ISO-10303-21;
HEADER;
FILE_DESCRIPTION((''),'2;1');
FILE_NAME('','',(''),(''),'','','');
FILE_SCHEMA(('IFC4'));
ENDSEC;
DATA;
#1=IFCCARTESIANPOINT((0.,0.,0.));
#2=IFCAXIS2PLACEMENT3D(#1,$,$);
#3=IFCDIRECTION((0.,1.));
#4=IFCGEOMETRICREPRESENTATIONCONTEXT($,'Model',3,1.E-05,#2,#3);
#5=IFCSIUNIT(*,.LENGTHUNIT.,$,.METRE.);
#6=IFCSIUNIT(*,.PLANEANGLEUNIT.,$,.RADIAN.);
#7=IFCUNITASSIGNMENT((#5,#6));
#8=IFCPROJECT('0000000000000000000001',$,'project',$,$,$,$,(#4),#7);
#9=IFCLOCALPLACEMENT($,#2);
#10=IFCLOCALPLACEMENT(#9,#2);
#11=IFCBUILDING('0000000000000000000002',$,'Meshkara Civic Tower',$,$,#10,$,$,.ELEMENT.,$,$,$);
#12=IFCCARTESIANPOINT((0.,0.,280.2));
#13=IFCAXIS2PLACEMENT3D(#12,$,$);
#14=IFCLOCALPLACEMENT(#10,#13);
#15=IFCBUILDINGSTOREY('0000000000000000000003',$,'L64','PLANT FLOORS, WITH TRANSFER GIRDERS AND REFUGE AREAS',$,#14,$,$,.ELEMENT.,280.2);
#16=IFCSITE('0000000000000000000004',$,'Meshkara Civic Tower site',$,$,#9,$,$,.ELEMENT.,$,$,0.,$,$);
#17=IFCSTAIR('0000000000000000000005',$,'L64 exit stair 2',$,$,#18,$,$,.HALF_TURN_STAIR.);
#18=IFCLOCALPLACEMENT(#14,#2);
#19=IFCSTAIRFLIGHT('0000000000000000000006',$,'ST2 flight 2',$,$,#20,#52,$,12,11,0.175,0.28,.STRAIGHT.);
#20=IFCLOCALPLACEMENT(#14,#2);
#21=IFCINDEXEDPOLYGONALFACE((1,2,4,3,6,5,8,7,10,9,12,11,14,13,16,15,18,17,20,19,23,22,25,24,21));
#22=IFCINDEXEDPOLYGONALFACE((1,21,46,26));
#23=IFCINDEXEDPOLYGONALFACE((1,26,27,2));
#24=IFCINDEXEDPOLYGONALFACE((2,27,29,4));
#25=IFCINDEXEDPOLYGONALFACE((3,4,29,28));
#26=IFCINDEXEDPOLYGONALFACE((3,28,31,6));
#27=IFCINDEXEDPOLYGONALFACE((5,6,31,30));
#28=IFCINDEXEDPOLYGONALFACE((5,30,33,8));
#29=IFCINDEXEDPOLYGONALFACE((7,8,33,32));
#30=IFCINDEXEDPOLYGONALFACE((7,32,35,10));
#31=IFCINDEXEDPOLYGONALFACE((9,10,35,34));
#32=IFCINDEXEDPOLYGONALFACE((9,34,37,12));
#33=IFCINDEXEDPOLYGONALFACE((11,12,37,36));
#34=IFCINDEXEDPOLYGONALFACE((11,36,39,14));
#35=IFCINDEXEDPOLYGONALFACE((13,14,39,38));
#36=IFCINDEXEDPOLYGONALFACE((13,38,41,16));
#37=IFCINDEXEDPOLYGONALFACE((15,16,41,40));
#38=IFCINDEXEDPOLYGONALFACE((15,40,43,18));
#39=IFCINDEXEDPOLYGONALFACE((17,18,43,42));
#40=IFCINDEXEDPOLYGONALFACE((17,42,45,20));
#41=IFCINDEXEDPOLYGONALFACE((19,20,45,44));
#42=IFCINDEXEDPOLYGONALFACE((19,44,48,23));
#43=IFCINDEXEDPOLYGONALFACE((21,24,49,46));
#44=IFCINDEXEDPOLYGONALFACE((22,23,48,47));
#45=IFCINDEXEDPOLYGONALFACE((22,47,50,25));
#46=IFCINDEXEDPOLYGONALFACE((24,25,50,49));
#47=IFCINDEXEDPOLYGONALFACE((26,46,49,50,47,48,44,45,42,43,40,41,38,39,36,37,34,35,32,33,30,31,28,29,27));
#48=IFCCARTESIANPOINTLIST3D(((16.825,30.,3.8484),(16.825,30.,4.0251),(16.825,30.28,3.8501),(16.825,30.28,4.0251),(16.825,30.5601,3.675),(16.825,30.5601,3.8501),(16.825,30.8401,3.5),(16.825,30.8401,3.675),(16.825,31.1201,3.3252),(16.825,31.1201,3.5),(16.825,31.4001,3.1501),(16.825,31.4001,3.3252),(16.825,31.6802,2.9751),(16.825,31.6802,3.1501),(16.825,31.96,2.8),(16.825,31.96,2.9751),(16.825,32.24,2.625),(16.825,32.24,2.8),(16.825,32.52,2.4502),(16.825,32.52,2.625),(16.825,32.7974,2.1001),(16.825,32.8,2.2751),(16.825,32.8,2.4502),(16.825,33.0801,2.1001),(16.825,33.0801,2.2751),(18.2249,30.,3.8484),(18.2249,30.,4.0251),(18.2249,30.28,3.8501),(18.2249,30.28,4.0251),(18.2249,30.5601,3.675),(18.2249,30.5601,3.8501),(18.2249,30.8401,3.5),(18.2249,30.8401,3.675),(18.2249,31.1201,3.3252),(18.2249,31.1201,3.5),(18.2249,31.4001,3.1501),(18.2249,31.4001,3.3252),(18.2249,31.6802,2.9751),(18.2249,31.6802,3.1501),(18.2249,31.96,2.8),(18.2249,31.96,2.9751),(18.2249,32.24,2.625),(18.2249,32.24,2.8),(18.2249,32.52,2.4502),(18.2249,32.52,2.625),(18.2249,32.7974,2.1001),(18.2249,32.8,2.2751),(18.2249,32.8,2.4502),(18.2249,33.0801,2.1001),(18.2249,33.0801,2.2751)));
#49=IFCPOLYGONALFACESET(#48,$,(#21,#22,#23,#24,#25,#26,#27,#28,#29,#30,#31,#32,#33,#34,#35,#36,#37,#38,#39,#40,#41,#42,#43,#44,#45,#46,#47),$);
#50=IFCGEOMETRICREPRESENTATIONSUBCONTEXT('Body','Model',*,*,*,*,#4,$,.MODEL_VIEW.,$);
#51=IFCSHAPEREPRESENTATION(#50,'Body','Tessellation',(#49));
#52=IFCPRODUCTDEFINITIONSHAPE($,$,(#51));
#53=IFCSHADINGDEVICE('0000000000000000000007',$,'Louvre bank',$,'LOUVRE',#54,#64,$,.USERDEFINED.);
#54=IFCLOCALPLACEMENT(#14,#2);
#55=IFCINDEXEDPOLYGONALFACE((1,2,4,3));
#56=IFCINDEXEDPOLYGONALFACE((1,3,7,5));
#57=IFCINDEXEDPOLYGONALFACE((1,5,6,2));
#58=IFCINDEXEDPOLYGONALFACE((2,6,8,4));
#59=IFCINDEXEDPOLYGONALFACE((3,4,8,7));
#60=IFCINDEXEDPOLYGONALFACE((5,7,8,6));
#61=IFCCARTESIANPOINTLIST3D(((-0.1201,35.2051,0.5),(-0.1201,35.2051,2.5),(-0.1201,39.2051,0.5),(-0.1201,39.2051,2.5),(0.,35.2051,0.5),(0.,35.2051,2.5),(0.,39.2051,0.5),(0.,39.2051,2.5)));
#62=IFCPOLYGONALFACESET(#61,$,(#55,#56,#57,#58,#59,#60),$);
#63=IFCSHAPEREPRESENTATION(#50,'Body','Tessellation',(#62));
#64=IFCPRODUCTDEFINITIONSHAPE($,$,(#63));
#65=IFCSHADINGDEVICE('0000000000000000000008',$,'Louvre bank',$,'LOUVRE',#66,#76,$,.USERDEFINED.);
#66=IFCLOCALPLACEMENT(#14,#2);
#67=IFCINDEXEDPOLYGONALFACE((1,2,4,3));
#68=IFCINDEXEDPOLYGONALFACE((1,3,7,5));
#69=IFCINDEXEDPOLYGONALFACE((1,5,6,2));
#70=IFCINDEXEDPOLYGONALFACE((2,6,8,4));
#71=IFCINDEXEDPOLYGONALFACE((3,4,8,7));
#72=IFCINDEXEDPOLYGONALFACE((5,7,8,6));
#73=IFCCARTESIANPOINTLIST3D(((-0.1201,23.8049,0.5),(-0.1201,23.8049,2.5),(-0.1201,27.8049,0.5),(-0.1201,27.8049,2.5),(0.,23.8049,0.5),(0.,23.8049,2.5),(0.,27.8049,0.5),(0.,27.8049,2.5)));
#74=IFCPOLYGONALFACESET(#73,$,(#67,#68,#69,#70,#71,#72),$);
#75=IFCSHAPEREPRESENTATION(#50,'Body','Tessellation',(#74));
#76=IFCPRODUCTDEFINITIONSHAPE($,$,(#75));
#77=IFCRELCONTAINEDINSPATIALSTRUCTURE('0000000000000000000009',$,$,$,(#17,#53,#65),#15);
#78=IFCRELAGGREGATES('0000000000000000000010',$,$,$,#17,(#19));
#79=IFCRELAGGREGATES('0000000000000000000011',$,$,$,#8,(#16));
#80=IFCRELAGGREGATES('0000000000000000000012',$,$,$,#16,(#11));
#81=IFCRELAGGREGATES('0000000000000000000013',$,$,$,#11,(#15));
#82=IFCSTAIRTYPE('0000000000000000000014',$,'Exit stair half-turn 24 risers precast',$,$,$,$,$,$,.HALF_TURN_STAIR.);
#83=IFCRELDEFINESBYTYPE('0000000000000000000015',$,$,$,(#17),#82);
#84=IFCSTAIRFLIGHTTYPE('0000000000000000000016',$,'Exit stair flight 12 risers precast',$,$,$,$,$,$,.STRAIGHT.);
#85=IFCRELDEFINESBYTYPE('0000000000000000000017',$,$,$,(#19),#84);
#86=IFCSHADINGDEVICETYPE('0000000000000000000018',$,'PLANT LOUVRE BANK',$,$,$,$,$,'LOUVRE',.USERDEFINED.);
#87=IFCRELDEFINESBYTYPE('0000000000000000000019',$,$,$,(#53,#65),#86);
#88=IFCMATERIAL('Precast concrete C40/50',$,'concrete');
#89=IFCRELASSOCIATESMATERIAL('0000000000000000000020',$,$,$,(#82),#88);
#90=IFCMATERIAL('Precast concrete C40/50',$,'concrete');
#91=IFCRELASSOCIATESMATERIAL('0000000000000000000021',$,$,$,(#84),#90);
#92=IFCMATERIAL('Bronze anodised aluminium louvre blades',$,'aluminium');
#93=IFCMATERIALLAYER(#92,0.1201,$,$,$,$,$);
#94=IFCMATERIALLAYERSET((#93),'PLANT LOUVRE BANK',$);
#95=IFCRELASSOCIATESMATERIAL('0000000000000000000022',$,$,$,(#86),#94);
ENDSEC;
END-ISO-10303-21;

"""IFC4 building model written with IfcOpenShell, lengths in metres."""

from ifc_helpers import new_model, si_unit, direction, frame, origin, origin_2d, place, context, subcontext, project, spatial, polyline, rectangle, outline, extrude, material, layer, layer_set, type_object, element, aggregate, save


model = new_model("IFC4")

# Units and contexts
model_context = context("Model", 3, precision=1e-05, world=origin(), true_north=direction((0.0, 1.0)))
body_context = subcontext(model_context, "Body", "Model", "MODEL_VIEW")
ifc_project = project(units=[si_unit("LENGTHUNIT", "METRE"), si_unit("PLANEANGLEUNIT", "RADIAN")], contexts=[model_context])

# Site, building, storey
site_placement = place(None, origin())
site = spatial("IfcSite", under=ifc_project, at=site_placement, Name="Meshkara Civic Tower site", CompositionType="ELEMENT", RefElevation=0.0)
building_placement = place(site_placement, origin())
building = spatial("IfcBuilding", under=site, at=building_placement, Name="Meshkara Civic Tower", CompositionType="ELEMENT")
storey_placement = place(building_placement, frame((0.0, 0.0, 280.2)))
storey = spatial("IfcBuildingStorey", under=building, at=storey_placement, Name="L64", Description="PLANT FLOORS, WITH TRANSFER GIRDERS AND REFUGE AREAS", CompositionType="ELEMENT", Elevation=280.2)

# Stair, stair flight
ifc_material_1 = material(Name="Precast concrete C40/50", Category="concrete")
stair_type = type_object("IfcStairType", Name="Exit stair half-turn 24 risers precast", PredefinedType="HALF_TURN_STAIR", material=ifc_material_1)
ifc_material_2 = material(Name="Precast concrete C40/50", Category="concrete")
stair_flight_type = type_object("IfcStairFlightType", Name="Exit stair flight 12 risers precast", PredefinedType="STRAIGHT", material=ifc_material_2)
stair_1_placement = place(storey_placement, origin())
stair_1 = element("IfcStair", 1, at=stair_1_placement, inside=storey, type_object=stair_type, Name="L64 exit stair 2", PredefinedType="HALF_TURN_STAIR")
stair_flight_1_placement = place(storey_placement, frame((17.5249, 33.0801, 2.1001), z_axis=(0.0, 0.0, 1.0), x_axis=(0.0, -1.0, 0.0)))
stair_flight_1 = element("IfcStairFlight", 2, at=stair_flight_1_placement, type_object=stair_flight_type, Name="ST2 flight 2", NumberOfRisers=12, NumberOfTreads=11, PredefinedType="STRAIGHT", RiserHeight=0.175, TreadLength=0.28, context=body_context, shape_type="SweptSolid", body=[
    extrude(outline(polyline([(0.0, 0.0), (0.0, 0.175), (0.28, 0.175), (0.28, 0.3501), (0.5601, 0.3501), (0.5601, 0.5249), (0.8401, 0.5249), (0.8401, 0.7), (1.1201, 0.7), (1.1201, 0.875), (1.3999, 0.875), (1.3999, 1.05), (1.6799, 1.05), (1.6799, 1.2251), (1.96, 1.2251), (1.96, 1.3999), (2.24, 1.3999), (2.24, 1.575), (2.52, 1.575), (2.52, 1.75), (2.8, 1.75), (2.8, 1.925), (3.0801, 1.925), (3.0801, 2.1001), (3.0801, 1.7483), (0.2827, 0.0), (0.0, 0.0)])), frame((0.0, 0.7, 0.0), z_axis=(0.0, -1.0, 0.0), x_axis=(1.0, 0.0, 0.0)), (0.0, 0.0, 1.0), 1.3999),
])
aggregate(stair_1, [stair_flight_1])

# Shading devices
ifc_material_3 = material(Name="Bronze anodised aluminium louvre blades", Category="aluminium")
ifc_layer_1 = layer(ifc_material_3, 0.1201)
ifc_layer_set_1 = layer_set([ifc_layer_1], Name="PLANT LOUVRE BANK")
shading_device_type = type_object("IfcShadingDeviceType", Name="PLANT LOUVRE BANK", ElementType="LOUVRE", PredefinedType="USERDEFINED", material=ifc_layer_set_1)
for number, where, z_axis, x_axis, name in (
    (3, (-0.0601, 37.2051, 0.5), (0.0, 0.0, 1.0), (0.0, -1.0, 0.0), "Louvre bank"),
    (4, (-0.0601, 25.8049, 0.5), (0.0, 0.0, 1.0), (0.0, -1.0, 0.0), "Louvre bank"),
):
    element("IfcShadingDevice", number, at=place(storey_placement, frame(where, z_axis=z_axis, x_axis=x_axis)), inside=storey, type_object=shading_device_type, Name=name, ObjectType="LOUVRE", PredefinedType="USERDEFINED", context=body_context, shape_type="SweptSolid", body=[
        extrude(rectangle(XDim=4.0, YDim=0.1201, at=origin_2d()), origin(), (0.0, 0.0, 1.0), 2.0),
    ])

save(model, "model.ifc")
